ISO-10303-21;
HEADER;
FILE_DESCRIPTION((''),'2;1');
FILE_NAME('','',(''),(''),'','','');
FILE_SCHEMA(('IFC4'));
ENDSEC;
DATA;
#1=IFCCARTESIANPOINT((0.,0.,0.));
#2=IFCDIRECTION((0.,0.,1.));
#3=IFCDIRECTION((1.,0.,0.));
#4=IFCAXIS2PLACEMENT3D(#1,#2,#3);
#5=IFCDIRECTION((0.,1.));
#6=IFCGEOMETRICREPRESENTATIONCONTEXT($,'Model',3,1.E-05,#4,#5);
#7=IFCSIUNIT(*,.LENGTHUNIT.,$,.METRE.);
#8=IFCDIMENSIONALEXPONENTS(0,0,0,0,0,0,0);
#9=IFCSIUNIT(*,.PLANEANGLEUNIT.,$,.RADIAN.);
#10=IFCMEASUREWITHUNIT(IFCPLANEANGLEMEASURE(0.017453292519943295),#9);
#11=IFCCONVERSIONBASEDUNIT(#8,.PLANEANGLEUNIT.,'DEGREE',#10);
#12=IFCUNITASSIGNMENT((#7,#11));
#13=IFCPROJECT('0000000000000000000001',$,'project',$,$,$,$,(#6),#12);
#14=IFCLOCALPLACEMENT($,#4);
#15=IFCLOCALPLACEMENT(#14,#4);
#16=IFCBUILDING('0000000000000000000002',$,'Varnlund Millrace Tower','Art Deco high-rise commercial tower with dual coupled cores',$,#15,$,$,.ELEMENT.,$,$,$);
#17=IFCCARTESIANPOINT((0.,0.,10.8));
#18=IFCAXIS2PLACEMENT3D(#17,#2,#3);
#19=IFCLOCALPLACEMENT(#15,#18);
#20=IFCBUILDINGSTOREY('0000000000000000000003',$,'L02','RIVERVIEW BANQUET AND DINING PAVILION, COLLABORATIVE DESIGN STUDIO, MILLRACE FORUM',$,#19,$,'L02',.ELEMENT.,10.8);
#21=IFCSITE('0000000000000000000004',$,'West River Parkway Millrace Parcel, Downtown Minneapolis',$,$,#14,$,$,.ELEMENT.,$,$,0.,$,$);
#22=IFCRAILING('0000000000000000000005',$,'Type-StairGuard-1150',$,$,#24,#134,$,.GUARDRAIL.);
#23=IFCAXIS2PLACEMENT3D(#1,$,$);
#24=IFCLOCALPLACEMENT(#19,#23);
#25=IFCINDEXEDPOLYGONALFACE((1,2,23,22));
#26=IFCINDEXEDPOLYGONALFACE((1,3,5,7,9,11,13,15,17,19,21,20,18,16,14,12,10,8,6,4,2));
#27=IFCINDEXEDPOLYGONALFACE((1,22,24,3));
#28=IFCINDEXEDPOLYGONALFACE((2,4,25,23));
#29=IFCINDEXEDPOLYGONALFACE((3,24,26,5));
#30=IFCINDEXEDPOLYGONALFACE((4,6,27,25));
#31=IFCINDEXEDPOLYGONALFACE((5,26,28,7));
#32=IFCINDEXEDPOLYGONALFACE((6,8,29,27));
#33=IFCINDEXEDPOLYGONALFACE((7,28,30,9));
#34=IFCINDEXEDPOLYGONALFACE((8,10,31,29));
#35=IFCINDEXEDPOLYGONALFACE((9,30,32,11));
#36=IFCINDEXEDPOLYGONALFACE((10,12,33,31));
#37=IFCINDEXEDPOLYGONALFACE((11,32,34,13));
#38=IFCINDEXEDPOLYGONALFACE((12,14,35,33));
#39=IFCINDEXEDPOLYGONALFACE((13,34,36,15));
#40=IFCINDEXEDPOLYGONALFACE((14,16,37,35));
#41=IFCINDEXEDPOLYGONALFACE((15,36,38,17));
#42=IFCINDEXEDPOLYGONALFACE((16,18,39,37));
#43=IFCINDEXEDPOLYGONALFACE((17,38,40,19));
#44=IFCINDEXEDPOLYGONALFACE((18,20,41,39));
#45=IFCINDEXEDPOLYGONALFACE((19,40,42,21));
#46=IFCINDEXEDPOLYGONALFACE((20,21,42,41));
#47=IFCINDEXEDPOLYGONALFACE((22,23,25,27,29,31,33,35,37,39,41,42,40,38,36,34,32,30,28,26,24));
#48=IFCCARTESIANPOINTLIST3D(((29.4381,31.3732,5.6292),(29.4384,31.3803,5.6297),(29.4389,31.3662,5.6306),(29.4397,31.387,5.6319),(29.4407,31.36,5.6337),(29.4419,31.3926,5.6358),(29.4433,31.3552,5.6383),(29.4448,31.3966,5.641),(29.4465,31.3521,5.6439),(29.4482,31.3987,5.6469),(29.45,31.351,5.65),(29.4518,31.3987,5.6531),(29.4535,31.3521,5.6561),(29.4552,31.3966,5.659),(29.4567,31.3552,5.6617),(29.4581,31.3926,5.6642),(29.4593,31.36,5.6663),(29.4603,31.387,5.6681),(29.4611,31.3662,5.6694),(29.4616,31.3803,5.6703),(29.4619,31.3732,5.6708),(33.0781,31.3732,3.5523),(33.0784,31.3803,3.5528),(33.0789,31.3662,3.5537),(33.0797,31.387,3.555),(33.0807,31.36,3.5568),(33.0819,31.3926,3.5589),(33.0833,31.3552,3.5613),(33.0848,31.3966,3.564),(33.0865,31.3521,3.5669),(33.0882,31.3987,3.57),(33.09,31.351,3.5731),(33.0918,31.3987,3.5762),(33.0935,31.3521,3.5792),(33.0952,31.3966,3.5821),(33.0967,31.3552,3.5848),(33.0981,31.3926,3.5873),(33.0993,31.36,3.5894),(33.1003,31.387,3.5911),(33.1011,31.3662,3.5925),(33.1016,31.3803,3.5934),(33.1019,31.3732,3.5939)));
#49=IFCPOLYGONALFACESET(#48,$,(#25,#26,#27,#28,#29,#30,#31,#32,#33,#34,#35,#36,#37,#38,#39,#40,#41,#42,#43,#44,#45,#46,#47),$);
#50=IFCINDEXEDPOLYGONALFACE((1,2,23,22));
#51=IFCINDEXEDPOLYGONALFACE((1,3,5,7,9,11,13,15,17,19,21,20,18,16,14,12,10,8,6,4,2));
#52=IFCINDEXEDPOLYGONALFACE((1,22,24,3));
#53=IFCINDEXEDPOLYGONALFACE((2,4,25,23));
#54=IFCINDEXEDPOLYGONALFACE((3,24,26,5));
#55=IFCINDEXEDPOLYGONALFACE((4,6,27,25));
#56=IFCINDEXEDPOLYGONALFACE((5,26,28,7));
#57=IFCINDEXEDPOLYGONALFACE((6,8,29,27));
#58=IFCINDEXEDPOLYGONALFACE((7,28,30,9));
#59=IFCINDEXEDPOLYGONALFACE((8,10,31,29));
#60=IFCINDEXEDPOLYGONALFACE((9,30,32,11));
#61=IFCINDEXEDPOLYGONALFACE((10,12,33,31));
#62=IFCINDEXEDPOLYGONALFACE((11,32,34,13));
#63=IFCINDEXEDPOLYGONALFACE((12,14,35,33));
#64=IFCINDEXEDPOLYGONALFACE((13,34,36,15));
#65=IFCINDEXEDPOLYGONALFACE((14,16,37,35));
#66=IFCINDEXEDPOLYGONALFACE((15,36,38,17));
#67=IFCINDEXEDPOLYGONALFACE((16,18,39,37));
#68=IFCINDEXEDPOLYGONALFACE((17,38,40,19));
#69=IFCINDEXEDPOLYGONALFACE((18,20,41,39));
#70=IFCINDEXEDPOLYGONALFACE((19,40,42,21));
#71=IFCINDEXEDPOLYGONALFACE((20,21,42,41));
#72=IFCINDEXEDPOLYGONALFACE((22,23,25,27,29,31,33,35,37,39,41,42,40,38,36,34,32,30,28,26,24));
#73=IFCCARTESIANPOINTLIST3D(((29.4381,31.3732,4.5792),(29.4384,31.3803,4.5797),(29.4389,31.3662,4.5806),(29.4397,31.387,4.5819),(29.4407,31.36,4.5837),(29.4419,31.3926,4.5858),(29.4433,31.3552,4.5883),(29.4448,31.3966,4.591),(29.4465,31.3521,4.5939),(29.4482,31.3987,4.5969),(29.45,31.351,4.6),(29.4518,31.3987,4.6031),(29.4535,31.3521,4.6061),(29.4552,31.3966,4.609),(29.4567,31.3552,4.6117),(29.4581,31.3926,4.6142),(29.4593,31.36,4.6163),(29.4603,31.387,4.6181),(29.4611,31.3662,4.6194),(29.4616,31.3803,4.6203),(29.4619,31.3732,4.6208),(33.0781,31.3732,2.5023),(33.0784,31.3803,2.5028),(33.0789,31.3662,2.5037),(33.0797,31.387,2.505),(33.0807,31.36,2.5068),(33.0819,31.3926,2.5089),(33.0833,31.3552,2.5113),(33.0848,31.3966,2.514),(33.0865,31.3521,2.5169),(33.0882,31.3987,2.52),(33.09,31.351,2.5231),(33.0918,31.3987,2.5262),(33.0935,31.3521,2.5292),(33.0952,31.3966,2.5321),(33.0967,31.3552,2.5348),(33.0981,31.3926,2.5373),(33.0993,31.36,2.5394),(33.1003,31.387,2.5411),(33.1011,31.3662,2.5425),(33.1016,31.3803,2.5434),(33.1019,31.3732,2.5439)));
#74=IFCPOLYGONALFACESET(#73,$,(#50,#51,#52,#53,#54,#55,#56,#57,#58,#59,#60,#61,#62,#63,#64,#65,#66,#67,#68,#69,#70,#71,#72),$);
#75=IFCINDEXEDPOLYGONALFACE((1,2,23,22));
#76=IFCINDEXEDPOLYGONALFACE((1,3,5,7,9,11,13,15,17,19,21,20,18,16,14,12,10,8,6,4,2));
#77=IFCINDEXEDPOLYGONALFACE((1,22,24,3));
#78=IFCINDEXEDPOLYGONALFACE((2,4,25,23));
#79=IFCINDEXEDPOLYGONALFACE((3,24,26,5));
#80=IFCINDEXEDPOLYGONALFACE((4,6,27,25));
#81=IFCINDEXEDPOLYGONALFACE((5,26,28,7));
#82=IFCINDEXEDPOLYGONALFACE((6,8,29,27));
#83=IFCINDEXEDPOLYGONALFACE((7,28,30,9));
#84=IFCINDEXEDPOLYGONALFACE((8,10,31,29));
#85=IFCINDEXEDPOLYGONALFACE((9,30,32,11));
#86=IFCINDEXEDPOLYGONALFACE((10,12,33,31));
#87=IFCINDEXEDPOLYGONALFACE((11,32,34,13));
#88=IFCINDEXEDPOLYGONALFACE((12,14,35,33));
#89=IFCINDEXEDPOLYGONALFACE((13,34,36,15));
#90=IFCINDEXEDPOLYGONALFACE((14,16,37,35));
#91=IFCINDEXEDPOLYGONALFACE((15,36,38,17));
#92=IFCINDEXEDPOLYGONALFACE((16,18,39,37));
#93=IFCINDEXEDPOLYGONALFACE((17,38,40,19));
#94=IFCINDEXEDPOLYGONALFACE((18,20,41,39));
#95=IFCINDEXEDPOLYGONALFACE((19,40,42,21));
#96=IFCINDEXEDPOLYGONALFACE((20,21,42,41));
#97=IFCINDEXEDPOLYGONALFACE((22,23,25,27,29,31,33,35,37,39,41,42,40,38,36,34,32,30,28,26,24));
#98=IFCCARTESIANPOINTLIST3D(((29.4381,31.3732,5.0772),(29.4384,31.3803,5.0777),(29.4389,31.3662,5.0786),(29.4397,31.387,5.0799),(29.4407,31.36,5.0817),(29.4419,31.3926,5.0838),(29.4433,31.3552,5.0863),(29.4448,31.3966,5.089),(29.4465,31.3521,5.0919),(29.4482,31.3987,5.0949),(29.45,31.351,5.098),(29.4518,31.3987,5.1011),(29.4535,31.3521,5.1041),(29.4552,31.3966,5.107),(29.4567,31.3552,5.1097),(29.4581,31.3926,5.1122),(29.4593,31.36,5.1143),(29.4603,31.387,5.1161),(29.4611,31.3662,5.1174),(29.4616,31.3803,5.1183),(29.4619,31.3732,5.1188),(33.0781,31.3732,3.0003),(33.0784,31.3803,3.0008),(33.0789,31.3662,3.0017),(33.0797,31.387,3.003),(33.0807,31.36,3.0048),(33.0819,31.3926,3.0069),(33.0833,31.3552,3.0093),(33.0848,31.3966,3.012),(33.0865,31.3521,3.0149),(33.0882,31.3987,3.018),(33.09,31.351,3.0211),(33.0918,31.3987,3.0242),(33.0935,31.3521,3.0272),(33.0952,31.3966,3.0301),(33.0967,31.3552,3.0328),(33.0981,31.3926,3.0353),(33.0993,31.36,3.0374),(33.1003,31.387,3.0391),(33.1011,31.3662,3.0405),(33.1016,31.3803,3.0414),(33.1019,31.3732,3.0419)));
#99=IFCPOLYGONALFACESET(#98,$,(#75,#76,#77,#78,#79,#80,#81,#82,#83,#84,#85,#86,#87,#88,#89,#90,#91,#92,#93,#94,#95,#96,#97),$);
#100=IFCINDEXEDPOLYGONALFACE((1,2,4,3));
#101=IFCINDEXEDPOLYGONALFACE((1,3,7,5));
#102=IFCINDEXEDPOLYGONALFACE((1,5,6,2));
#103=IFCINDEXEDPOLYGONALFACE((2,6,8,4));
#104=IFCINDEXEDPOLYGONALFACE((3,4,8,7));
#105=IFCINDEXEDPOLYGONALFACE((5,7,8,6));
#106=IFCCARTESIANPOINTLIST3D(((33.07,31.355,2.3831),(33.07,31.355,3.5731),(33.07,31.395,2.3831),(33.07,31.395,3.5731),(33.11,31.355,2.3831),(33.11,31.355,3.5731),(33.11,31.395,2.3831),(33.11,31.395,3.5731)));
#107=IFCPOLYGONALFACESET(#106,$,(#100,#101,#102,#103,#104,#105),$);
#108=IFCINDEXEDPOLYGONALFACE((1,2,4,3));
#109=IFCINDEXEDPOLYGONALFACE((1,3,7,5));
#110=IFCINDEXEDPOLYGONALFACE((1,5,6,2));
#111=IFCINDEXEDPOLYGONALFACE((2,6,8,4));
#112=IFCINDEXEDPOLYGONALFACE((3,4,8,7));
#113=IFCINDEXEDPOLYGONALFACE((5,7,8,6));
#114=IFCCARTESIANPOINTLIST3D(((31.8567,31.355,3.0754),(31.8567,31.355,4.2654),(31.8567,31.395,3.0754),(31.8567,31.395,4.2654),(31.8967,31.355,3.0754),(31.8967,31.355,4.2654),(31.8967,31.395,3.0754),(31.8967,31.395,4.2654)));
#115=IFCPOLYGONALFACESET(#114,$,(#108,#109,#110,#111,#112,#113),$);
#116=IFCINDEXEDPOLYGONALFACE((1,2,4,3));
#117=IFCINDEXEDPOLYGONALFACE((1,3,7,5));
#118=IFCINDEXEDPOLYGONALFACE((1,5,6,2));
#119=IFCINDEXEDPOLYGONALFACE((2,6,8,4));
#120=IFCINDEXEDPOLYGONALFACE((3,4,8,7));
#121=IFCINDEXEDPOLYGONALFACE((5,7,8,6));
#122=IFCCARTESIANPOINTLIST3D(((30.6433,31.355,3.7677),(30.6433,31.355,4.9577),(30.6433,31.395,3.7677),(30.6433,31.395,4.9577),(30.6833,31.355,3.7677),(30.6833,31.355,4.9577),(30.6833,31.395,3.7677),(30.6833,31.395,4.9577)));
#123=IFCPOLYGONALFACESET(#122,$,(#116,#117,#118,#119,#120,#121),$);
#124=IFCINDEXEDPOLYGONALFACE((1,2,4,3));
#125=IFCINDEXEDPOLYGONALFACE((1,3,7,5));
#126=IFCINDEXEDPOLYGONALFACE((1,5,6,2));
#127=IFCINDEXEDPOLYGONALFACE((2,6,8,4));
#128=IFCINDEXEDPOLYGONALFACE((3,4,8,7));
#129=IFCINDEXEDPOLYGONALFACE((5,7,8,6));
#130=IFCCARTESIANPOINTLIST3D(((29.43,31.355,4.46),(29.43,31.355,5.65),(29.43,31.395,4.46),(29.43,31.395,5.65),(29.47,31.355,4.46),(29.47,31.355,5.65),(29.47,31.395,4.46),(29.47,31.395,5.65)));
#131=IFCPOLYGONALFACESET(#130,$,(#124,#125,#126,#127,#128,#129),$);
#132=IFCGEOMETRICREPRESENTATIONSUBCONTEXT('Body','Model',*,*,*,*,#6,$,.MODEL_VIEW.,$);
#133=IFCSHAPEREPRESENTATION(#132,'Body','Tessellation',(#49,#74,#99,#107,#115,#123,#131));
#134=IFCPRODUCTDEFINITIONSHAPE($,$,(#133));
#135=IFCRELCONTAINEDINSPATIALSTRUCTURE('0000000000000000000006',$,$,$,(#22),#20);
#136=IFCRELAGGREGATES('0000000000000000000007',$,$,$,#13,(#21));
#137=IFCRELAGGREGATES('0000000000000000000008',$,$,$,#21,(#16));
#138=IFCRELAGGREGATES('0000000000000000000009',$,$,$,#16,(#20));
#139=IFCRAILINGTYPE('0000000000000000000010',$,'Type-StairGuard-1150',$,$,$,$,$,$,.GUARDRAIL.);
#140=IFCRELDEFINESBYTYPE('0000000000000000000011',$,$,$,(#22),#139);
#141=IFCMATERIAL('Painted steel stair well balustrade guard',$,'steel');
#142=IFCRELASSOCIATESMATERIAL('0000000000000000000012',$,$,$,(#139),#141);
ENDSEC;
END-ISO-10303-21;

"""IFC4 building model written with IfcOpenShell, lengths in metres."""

from ifc_helpers import new_model, entity, si_unit, converted_unit, direction, frame, origin_with_axes, origin_2d_with_axis, place, context, subcontext, project, spatial, rectangle, circle, extrude, material, type_object, element, save


model = new_model("IFC4")

# Units and contexts
model_context = context("Model", 3, precision=1e-05, world=origin_with_axes(), true_north=direction((0.0, 1.0)))
body_context = subcontext(model_context, "Body", "Model", "MODEL_VIEW")
ifc_project = project(units=[si_unit("LENGTHUNIT", "METRE"), converted_unit("PLANEANGLEUNIT", "DEGREE", entity("IfcPlaneAngleMeasure", 0.017453292519943295), si_unit("PLANEANGLEUNIT", "RADIAN"), dimensions=[0, 0, 0, 0, 0, 0, 0])], contexts=[model_context])

# Site, building, storey
site_placement = place(None, origin_with_axes())
site = spatial("IfcSite", under=ifc_project, at=site_placement, Name="West River Parkway Millrace Parcel, Downtown Minneapolis", CompositionType="ELEMENT", RefElevation=0.0)
building_placement = place(site_placement, origin_with_axes())
building = spatial("IfcBuilding", under=site, at=building_placement, Name="Varnlund Millrace Tower", Description="Art Deco high-rise commercial tower with dual coupled cores", CompositionType="ELEMENT")
storey_placement = place(building_placement, frame((0.0, 0.0, 10.8), z_axis=(0.0, 0.0, 1.0), x_axis=(1.0, 0.0, 0.0)))
storey = spatial("IfcBuildingStorey", under=building, at=storey_placement, Name="L02", Description="RIVERVIEW BANQUET AND DINING PAVILION, COLLABORATIVE DESIGN STUDIO, MILLRACE FORUM", LongName="L02", CompositionType="ELEMENT", Elevation=10.8)

# Railing
ifc_material_1 = material(Name="Painted steel stair well balustrade guard", Category="steel")
railing_type_1 = type_object("IfcRailingType", Name="Type-StairGuard-1150", PredefinedType="GUARDRAIL", material=ifc_material_1)
railing_1_placement = place(storey_placement, frame((0.0, 0.0, -10.8), z_axis=(0.0, 0.0, 1.0), x_axis=(1.0, 0.0, 0.0)))
element("IfcRailing", 1, at=railing_1_placement, inside=storey, type_object=railing_type_1, Name="Type-StairGuard-1150", PredefinedType="GUARDRAIL", context=body_context, shape_type="SweptSolid", body=[
    extrude(circle(Radius=0.024, at=origin_2d_with_axis()), frame((33.09, 31.375, 14.3731), z_axis=(-0.868559, 0.0, 0.495585), x_axis=(0.0, -1.0, 0.0)), (0.0, 0.0, 1.0), 4.1908),
    extrude(circle(Radius=0.024, at=origin_2d_with_axis()), frame((33.09, 31.375, 13.3231), z_axis=(-0.868559, 0.0, 0.495585), x_axis=(0.0, -1.0, 0.0)), (0.0, 0.0, 1.0), 4.1908),
    extrude(circle(Radius=0.024, at=origin_2d_with_axis()), frame((33.09, 31.375, 13.8211), z_axis=(-0.868559, 0.0, 0.495585), x_axis=(0.0, -1.0, 0.0)), (0.0, 0.0, 1.0), 4.1908),
    extrude(rectangle(XDim=0.04, YDim=0.04, at=origin_2d_with_axis()), frame((33.09, 31.375, 13.1831), z_axis=(0.0, 0.0, 1.0), x_axis=(1.0, 0.0, 0.0)), (0.0, 0.0, 1.0), 1.19),
    extrude(rectangle(XDim=0.04, YDim=0.04, at=origin_2d_with_axis()), frame((31.8767, 31.375, 13.8754), z_axis=(0.0, 0.0, 1.0), x_axis=(1.0, 0.0, 0.0)), (0.0, 0.0, 1.0), 1.19),
    extrude(rectangle(XDim=0.04, YDim=0.04, at=origin_2d_with_axis()), frame((30.6633, 31.375, 14.5677), z_axis=(0.0, 0.0, 1.0), x_axis=(1.0, 0.0, 0.0)), (0.0, 0.0, 1.0), 1.19),
    extrude(rectangle(XDim=0.04, YDim=0.04, at=origin_2d_with_axis()), frame((29.45, 31.375, 15.26), z_axis=(0.0, 0.0, 1.0), x_axis=(1.0, 0.0, 0.0)), (0.0, 0.0, 1.0), 1.19),
])

save(model, "model.ifc")
